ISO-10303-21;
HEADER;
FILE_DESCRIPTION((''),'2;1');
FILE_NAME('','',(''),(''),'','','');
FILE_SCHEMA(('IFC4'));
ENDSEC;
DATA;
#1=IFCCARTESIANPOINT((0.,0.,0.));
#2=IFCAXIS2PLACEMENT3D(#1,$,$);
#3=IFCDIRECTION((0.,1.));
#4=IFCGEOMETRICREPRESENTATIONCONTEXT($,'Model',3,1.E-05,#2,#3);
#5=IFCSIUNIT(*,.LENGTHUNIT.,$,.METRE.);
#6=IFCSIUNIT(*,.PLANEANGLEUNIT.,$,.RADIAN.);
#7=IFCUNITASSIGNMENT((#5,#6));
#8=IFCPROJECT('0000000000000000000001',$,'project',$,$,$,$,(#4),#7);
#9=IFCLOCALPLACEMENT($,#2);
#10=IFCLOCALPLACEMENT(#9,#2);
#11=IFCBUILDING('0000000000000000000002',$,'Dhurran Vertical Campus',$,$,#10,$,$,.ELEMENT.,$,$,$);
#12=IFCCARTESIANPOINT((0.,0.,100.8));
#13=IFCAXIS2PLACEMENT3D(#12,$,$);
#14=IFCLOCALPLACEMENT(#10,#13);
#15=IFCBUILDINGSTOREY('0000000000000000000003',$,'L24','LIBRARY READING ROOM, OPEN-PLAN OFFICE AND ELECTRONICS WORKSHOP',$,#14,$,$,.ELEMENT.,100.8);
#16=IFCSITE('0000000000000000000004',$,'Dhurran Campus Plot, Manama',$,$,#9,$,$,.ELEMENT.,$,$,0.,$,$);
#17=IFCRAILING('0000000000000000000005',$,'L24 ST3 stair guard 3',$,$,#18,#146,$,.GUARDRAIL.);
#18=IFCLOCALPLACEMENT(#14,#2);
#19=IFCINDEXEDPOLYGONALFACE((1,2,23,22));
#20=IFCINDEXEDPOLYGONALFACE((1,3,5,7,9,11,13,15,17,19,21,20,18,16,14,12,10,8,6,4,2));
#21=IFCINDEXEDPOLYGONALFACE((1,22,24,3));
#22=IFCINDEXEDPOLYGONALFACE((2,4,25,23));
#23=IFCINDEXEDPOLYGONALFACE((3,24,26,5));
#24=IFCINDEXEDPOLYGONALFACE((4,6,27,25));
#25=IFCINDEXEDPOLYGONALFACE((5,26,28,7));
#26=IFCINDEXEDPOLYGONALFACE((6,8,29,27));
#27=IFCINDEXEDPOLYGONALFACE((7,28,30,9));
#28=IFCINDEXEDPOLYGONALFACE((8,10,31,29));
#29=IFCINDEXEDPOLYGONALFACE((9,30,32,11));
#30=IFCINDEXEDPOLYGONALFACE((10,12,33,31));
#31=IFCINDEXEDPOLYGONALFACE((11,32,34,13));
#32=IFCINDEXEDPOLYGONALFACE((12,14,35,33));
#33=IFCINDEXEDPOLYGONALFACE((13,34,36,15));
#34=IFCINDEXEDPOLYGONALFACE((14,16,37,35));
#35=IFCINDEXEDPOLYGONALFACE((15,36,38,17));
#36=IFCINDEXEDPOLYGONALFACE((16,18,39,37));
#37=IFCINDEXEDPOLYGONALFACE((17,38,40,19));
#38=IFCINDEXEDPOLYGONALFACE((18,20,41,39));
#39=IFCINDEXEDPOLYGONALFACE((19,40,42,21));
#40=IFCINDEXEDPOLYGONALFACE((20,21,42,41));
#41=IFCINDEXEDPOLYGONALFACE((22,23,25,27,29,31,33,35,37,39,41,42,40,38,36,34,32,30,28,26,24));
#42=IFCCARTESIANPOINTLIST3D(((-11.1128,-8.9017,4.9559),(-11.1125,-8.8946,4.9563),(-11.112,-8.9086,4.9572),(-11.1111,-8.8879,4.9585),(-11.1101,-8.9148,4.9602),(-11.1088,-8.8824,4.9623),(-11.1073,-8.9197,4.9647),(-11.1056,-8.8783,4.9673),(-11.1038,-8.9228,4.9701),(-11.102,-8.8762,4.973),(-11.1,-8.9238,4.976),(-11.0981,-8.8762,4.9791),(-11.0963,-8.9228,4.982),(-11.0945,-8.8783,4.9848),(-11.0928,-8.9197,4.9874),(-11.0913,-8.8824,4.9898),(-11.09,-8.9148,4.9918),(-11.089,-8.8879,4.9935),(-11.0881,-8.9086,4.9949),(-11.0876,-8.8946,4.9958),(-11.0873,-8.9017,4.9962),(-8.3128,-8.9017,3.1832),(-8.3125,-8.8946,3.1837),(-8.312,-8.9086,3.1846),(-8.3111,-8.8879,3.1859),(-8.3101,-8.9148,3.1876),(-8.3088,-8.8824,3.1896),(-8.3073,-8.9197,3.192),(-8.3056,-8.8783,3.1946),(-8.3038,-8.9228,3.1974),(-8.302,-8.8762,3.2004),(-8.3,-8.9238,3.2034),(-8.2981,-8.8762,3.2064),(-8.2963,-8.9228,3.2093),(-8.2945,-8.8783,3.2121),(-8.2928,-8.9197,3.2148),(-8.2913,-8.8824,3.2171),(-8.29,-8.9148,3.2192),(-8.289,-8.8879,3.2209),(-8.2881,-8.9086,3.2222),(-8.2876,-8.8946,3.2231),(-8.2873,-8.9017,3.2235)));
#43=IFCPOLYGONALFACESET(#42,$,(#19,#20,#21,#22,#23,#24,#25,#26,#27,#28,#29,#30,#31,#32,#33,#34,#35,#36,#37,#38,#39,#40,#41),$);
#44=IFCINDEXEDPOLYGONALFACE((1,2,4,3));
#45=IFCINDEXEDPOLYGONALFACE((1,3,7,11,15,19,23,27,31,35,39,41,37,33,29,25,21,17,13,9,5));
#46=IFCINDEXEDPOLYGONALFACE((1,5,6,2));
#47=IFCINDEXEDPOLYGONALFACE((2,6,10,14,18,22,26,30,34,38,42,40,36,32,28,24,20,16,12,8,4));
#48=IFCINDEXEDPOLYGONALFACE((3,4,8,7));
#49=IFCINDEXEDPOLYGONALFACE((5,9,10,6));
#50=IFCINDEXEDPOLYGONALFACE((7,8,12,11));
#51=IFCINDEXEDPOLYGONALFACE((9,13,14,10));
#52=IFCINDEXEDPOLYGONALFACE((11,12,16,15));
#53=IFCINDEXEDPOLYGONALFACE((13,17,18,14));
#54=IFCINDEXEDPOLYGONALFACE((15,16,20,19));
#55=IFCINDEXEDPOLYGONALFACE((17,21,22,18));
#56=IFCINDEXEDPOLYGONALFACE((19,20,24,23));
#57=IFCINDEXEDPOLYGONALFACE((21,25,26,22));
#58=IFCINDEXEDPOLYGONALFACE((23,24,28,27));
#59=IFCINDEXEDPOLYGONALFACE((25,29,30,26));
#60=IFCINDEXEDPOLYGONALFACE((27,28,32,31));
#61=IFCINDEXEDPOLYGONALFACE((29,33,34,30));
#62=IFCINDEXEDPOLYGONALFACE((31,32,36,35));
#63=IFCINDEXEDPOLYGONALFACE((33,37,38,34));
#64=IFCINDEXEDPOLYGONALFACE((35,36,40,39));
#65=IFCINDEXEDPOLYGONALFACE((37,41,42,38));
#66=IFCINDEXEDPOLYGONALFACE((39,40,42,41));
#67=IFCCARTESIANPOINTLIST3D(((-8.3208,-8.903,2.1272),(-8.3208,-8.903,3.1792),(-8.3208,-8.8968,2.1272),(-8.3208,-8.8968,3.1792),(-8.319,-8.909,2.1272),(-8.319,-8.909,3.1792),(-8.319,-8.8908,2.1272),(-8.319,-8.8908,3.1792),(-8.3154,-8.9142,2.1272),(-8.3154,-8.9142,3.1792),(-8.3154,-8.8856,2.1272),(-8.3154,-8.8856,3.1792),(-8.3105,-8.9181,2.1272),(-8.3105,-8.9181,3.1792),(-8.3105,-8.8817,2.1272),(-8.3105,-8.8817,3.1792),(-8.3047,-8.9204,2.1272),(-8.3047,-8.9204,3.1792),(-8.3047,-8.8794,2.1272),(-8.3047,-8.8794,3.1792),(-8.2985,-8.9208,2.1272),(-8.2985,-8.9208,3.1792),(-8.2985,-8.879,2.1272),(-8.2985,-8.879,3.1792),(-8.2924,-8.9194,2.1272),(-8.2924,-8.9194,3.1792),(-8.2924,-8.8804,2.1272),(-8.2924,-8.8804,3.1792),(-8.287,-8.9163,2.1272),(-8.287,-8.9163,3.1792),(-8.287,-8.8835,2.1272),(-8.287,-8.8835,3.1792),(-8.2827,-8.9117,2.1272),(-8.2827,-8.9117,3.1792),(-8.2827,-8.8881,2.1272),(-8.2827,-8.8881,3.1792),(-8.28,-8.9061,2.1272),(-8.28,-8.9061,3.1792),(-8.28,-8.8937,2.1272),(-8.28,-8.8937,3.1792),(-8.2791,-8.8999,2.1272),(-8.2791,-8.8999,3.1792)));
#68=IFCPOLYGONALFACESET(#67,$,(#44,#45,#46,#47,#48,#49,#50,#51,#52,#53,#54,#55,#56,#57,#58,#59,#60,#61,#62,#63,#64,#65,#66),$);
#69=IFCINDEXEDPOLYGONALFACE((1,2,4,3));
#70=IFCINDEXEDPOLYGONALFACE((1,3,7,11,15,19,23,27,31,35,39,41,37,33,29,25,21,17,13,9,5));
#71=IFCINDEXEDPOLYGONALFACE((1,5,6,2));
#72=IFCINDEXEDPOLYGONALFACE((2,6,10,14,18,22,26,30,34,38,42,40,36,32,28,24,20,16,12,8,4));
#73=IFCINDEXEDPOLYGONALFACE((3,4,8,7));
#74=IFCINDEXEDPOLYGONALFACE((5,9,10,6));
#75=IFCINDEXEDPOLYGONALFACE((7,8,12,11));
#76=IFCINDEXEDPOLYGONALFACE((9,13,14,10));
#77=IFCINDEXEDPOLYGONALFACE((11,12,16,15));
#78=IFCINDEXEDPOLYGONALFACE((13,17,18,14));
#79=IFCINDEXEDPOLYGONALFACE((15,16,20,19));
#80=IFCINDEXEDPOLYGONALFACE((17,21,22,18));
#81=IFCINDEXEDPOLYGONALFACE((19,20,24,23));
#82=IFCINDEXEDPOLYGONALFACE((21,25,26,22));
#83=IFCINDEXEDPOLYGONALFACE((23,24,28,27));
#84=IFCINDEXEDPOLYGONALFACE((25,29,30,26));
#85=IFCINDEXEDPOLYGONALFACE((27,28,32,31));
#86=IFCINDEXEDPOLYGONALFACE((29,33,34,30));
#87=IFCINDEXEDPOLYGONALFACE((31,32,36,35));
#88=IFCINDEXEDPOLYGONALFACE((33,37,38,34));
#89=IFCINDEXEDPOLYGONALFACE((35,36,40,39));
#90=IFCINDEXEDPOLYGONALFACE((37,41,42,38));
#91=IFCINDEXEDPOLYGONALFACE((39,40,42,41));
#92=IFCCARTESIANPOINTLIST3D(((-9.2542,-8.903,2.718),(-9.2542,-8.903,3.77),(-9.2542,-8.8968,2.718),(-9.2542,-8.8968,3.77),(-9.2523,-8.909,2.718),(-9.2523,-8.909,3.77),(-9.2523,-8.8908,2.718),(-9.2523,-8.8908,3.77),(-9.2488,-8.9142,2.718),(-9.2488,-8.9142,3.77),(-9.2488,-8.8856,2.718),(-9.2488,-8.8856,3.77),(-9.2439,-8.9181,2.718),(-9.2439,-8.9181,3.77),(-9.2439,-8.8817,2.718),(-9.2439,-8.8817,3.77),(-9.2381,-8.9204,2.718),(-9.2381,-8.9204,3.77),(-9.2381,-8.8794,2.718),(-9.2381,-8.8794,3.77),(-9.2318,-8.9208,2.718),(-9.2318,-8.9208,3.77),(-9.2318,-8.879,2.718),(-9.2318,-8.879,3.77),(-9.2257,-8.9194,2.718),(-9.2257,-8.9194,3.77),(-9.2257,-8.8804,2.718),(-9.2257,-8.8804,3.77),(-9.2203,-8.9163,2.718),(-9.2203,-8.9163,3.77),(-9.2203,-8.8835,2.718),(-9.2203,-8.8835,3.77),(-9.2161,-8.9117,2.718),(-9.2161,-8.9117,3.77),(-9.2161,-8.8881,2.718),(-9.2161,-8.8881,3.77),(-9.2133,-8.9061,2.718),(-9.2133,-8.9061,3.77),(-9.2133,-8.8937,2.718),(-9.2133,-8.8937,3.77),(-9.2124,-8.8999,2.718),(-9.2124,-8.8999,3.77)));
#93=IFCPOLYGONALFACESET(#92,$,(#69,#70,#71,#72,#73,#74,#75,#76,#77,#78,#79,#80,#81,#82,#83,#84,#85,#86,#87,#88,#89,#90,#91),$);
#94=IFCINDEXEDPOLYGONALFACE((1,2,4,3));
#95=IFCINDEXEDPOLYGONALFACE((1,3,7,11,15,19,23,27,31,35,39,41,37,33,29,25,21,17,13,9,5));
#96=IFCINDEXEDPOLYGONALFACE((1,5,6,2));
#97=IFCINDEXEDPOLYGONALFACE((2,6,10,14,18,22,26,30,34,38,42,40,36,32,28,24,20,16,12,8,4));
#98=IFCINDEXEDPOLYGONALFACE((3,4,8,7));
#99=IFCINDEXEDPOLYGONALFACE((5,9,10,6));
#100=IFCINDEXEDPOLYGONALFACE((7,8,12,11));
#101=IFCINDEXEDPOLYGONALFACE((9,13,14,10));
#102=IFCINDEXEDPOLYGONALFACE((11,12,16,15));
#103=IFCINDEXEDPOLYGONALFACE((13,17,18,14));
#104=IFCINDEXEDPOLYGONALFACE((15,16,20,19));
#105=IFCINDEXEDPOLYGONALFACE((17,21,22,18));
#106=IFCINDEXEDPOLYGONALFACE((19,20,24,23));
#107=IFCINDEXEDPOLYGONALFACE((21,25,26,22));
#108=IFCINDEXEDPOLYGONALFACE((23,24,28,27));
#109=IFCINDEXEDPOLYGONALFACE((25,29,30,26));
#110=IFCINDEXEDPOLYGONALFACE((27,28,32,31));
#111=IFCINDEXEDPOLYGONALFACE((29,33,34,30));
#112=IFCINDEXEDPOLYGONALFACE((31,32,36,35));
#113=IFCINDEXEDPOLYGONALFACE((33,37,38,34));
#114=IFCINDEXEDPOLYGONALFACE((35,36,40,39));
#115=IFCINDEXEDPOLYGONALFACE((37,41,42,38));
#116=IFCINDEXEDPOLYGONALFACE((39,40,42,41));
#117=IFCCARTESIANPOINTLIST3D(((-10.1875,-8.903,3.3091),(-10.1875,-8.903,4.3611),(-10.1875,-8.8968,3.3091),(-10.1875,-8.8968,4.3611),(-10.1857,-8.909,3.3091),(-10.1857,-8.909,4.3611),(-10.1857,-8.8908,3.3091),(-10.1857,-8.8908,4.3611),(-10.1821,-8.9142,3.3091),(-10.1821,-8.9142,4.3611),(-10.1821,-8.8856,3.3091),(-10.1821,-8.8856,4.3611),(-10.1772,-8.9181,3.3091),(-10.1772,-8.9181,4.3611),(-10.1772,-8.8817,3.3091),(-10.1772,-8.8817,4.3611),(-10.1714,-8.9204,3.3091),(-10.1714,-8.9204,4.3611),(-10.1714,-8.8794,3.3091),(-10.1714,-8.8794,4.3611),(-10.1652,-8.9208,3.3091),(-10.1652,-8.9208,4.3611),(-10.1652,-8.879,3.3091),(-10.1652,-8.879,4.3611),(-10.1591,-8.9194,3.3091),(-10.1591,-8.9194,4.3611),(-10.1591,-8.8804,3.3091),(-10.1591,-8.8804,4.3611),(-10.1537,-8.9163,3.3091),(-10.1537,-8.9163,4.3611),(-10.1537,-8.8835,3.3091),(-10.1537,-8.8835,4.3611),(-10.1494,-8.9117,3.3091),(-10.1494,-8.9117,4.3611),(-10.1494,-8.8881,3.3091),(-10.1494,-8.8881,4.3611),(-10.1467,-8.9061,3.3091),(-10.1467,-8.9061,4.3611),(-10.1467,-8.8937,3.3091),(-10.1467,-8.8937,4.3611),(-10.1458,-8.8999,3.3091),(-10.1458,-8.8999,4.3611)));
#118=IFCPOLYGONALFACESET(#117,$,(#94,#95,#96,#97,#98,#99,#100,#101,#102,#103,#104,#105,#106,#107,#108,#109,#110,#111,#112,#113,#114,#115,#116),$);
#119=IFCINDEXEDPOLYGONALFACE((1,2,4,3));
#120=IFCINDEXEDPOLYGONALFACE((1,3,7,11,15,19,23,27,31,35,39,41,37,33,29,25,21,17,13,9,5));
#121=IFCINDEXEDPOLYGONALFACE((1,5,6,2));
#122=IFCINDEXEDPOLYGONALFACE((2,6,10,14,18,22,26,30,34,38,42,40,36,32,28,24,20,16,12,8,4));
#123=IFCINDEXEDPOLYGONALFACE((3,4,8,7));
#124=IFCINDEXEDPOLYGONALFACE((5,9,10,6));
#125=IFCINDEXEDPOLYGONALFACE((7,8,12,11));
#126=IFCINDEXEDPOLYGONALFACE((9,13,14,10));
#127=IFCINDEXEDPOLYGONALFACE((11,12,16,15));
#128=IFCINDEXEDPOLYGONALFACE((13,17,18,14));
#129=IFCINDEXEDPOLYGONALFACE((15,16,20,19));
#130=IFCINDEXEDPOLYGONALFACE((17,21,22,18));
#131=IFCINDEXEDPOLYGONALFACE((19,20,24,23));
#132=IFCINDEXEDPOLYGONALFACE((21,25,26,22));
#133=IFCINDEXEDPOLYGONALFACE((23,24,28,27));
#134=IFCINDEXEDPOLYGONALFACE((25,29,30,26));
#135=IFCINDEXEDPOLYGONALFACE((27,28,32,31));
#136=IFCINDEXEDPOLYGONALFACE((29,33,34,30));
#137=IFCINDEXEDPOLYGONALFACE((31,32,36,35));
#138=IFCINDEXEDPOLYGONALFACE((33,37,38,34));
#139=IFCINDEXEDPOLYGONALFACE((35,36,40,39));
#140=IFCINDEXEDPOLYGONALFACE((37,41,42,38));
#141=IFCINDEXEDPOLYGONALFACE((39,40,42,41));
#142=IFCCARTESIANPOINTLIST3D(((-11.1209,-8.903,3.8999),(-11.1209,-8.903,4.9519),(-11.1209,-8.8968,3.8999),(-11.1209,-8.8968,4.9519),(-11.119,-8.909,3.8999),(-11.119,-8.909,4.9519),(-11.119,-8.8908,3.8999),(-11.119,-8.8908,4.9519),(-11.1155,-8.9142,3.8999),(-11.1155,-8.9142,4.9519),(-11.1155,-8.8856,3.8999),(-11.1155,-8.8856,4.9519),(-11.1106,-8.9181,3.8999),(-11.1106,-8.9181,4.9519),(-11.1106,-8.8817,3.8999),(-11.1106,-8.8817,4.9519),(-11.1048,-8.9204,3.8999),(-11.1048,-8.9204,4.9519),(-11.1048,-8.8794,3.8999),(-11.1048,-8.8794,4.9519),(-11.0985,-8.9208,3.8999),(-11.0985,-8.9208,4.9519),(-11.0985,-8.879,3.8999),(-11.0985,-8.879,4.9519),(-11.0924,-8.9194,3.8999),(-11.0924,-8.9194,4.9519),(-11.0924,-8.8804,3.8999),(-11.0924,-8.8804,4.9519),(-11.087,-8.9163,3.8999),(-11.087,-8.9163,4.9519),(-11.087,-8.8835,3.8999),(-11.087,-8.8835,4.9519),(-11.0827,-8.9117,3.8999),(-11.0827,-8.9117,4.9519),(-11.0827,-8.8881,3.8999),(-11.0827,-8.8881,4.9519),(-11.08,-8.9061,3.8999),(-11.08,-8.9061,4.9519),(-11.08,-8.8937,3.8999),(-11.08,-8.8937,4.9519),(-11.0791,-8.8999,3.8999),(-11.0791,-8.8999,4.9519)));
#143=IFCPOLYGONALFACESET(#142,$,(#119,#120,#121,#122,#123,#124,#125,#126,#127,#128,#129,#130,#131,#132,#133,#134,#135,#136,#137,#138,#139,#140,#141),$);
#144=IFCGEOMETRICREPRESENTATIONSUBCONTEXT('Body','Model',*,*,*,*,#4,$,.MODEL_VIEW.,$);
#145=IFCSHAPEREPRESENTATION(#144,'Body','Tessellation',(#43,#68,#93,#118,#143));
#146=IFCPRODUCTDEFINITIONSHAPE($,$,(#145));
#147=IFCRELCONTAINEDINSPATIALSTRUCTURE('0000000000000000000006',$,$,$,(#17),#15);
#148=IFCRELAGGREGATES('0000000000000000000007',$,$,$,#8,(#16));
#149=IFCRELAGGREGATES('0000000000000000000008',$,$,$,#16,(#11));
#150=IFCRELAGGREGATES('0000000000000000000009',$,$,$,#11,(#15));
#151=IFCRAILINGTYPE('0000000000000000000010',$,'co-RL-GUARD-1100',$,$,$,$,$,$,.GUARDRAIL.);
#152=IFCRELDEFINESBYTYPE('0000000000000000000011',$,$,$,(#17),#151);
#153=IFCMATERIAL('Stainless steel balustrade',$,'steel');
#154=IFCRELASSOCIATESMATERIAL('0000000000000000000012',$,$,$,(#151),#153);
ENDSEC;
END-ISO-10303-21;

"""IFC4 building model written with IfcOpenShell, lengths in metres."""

from ifc_helpers import new_model, si_unit, direction, frame, origin, origin_2d, place, context, subcontext, project, spatial, circle, extrude, material, type_object, element, save


model = new_model("IFC4")

# Units and contexts
model_context = context("Model", 3, precision=1e-05, world=origin(), true_north=direction((0.0, 1.0)))
body_context = subcontext(model_context, "Body", "Model", "MODEL_VIEW")
ifc_project = project(units=[si_unit("LENGTHUNIT", "METRE"), si_unit("PLANEANGLEUNIT", "RADIAN")], contexts=[model_context])

# Site, building, storey
site_placement = place(None, origin())
site = spatial("IfcSite", under=ifc_project, at=site_placement, Name="Dhurran Campus Plot, Manama", CompositionType="ELEMENT", RefElevation=0.0)
building_placement = place(site_placement, origin())
building = spatial("IfcBuilding", under=site, at=building_placement, Name="Dhurran Vertical Campus", CompositionType="ELEMENT")
storey_placement = place(building_placement, frame((0.0, 0.0, 100.8)))
storey = spatial("IfcBuildingStorey", under=building, at=storey_placement, Name="L24", Description="LIBRARY READING ROOM, OPEN-PLAN OFFICE AND ELECTRONICS WORKSHOP", CompositionType="ELEMENT", Elevation=100.8)

# Railing
ifc_material_1 = material(Name="Stainless steel balustrade", Category="steel")
railing_type_1 = type_object("IfcRailingType", Name="co-RL-GUARD-1100", PredefinedType="GUARDRAIL", material=ifc_material_1)
railing_1_placement = place(storey_placement, frame((-8.3, -8.8999, 2.1272)))
element("IfcRailing", 1, at=railing_1_placement, inside=storey, type_object=railing_type_1, Name="L24 ST3 stair guard 3", PredefinedType="GUARDRAIL", context=body_context, shape_type="SweptSolid", body=[
    extrude(circle(Radius=0.0239, at=origin_2d()), frame((0.0, 0.0, 1.0762), z_axis=(-0.844909, 0.0, 0.53491), x_axis=(0.0, -1.0, 0.0)), (0.0, 0.0, 1.0), 3.314),
    extrude(circle(Radius=0.021, at=origin_2d()), origin(), (0.0, 0.0, 1.0), 1.052),
    extrude(circle(Radius=0.021, at=origin_2d()), frame((-0.9333, 0.0, 0.5908)), (0.0, 0.0, 1.0), 1.052),
    extrude(circle(Radius=0.021, at=origin_2d()), frame((-1.8667, 0.0, 1.1819)), (0.0, 0.0, 1.0), 1.052),
    extrude(circle(Radius=0.021, at=origin_2d()), frame((-2.8, 0.0, 1.7727)), (0.0, 0.0, 1.0), 1.052),
])

save(model, "model.ifc")
